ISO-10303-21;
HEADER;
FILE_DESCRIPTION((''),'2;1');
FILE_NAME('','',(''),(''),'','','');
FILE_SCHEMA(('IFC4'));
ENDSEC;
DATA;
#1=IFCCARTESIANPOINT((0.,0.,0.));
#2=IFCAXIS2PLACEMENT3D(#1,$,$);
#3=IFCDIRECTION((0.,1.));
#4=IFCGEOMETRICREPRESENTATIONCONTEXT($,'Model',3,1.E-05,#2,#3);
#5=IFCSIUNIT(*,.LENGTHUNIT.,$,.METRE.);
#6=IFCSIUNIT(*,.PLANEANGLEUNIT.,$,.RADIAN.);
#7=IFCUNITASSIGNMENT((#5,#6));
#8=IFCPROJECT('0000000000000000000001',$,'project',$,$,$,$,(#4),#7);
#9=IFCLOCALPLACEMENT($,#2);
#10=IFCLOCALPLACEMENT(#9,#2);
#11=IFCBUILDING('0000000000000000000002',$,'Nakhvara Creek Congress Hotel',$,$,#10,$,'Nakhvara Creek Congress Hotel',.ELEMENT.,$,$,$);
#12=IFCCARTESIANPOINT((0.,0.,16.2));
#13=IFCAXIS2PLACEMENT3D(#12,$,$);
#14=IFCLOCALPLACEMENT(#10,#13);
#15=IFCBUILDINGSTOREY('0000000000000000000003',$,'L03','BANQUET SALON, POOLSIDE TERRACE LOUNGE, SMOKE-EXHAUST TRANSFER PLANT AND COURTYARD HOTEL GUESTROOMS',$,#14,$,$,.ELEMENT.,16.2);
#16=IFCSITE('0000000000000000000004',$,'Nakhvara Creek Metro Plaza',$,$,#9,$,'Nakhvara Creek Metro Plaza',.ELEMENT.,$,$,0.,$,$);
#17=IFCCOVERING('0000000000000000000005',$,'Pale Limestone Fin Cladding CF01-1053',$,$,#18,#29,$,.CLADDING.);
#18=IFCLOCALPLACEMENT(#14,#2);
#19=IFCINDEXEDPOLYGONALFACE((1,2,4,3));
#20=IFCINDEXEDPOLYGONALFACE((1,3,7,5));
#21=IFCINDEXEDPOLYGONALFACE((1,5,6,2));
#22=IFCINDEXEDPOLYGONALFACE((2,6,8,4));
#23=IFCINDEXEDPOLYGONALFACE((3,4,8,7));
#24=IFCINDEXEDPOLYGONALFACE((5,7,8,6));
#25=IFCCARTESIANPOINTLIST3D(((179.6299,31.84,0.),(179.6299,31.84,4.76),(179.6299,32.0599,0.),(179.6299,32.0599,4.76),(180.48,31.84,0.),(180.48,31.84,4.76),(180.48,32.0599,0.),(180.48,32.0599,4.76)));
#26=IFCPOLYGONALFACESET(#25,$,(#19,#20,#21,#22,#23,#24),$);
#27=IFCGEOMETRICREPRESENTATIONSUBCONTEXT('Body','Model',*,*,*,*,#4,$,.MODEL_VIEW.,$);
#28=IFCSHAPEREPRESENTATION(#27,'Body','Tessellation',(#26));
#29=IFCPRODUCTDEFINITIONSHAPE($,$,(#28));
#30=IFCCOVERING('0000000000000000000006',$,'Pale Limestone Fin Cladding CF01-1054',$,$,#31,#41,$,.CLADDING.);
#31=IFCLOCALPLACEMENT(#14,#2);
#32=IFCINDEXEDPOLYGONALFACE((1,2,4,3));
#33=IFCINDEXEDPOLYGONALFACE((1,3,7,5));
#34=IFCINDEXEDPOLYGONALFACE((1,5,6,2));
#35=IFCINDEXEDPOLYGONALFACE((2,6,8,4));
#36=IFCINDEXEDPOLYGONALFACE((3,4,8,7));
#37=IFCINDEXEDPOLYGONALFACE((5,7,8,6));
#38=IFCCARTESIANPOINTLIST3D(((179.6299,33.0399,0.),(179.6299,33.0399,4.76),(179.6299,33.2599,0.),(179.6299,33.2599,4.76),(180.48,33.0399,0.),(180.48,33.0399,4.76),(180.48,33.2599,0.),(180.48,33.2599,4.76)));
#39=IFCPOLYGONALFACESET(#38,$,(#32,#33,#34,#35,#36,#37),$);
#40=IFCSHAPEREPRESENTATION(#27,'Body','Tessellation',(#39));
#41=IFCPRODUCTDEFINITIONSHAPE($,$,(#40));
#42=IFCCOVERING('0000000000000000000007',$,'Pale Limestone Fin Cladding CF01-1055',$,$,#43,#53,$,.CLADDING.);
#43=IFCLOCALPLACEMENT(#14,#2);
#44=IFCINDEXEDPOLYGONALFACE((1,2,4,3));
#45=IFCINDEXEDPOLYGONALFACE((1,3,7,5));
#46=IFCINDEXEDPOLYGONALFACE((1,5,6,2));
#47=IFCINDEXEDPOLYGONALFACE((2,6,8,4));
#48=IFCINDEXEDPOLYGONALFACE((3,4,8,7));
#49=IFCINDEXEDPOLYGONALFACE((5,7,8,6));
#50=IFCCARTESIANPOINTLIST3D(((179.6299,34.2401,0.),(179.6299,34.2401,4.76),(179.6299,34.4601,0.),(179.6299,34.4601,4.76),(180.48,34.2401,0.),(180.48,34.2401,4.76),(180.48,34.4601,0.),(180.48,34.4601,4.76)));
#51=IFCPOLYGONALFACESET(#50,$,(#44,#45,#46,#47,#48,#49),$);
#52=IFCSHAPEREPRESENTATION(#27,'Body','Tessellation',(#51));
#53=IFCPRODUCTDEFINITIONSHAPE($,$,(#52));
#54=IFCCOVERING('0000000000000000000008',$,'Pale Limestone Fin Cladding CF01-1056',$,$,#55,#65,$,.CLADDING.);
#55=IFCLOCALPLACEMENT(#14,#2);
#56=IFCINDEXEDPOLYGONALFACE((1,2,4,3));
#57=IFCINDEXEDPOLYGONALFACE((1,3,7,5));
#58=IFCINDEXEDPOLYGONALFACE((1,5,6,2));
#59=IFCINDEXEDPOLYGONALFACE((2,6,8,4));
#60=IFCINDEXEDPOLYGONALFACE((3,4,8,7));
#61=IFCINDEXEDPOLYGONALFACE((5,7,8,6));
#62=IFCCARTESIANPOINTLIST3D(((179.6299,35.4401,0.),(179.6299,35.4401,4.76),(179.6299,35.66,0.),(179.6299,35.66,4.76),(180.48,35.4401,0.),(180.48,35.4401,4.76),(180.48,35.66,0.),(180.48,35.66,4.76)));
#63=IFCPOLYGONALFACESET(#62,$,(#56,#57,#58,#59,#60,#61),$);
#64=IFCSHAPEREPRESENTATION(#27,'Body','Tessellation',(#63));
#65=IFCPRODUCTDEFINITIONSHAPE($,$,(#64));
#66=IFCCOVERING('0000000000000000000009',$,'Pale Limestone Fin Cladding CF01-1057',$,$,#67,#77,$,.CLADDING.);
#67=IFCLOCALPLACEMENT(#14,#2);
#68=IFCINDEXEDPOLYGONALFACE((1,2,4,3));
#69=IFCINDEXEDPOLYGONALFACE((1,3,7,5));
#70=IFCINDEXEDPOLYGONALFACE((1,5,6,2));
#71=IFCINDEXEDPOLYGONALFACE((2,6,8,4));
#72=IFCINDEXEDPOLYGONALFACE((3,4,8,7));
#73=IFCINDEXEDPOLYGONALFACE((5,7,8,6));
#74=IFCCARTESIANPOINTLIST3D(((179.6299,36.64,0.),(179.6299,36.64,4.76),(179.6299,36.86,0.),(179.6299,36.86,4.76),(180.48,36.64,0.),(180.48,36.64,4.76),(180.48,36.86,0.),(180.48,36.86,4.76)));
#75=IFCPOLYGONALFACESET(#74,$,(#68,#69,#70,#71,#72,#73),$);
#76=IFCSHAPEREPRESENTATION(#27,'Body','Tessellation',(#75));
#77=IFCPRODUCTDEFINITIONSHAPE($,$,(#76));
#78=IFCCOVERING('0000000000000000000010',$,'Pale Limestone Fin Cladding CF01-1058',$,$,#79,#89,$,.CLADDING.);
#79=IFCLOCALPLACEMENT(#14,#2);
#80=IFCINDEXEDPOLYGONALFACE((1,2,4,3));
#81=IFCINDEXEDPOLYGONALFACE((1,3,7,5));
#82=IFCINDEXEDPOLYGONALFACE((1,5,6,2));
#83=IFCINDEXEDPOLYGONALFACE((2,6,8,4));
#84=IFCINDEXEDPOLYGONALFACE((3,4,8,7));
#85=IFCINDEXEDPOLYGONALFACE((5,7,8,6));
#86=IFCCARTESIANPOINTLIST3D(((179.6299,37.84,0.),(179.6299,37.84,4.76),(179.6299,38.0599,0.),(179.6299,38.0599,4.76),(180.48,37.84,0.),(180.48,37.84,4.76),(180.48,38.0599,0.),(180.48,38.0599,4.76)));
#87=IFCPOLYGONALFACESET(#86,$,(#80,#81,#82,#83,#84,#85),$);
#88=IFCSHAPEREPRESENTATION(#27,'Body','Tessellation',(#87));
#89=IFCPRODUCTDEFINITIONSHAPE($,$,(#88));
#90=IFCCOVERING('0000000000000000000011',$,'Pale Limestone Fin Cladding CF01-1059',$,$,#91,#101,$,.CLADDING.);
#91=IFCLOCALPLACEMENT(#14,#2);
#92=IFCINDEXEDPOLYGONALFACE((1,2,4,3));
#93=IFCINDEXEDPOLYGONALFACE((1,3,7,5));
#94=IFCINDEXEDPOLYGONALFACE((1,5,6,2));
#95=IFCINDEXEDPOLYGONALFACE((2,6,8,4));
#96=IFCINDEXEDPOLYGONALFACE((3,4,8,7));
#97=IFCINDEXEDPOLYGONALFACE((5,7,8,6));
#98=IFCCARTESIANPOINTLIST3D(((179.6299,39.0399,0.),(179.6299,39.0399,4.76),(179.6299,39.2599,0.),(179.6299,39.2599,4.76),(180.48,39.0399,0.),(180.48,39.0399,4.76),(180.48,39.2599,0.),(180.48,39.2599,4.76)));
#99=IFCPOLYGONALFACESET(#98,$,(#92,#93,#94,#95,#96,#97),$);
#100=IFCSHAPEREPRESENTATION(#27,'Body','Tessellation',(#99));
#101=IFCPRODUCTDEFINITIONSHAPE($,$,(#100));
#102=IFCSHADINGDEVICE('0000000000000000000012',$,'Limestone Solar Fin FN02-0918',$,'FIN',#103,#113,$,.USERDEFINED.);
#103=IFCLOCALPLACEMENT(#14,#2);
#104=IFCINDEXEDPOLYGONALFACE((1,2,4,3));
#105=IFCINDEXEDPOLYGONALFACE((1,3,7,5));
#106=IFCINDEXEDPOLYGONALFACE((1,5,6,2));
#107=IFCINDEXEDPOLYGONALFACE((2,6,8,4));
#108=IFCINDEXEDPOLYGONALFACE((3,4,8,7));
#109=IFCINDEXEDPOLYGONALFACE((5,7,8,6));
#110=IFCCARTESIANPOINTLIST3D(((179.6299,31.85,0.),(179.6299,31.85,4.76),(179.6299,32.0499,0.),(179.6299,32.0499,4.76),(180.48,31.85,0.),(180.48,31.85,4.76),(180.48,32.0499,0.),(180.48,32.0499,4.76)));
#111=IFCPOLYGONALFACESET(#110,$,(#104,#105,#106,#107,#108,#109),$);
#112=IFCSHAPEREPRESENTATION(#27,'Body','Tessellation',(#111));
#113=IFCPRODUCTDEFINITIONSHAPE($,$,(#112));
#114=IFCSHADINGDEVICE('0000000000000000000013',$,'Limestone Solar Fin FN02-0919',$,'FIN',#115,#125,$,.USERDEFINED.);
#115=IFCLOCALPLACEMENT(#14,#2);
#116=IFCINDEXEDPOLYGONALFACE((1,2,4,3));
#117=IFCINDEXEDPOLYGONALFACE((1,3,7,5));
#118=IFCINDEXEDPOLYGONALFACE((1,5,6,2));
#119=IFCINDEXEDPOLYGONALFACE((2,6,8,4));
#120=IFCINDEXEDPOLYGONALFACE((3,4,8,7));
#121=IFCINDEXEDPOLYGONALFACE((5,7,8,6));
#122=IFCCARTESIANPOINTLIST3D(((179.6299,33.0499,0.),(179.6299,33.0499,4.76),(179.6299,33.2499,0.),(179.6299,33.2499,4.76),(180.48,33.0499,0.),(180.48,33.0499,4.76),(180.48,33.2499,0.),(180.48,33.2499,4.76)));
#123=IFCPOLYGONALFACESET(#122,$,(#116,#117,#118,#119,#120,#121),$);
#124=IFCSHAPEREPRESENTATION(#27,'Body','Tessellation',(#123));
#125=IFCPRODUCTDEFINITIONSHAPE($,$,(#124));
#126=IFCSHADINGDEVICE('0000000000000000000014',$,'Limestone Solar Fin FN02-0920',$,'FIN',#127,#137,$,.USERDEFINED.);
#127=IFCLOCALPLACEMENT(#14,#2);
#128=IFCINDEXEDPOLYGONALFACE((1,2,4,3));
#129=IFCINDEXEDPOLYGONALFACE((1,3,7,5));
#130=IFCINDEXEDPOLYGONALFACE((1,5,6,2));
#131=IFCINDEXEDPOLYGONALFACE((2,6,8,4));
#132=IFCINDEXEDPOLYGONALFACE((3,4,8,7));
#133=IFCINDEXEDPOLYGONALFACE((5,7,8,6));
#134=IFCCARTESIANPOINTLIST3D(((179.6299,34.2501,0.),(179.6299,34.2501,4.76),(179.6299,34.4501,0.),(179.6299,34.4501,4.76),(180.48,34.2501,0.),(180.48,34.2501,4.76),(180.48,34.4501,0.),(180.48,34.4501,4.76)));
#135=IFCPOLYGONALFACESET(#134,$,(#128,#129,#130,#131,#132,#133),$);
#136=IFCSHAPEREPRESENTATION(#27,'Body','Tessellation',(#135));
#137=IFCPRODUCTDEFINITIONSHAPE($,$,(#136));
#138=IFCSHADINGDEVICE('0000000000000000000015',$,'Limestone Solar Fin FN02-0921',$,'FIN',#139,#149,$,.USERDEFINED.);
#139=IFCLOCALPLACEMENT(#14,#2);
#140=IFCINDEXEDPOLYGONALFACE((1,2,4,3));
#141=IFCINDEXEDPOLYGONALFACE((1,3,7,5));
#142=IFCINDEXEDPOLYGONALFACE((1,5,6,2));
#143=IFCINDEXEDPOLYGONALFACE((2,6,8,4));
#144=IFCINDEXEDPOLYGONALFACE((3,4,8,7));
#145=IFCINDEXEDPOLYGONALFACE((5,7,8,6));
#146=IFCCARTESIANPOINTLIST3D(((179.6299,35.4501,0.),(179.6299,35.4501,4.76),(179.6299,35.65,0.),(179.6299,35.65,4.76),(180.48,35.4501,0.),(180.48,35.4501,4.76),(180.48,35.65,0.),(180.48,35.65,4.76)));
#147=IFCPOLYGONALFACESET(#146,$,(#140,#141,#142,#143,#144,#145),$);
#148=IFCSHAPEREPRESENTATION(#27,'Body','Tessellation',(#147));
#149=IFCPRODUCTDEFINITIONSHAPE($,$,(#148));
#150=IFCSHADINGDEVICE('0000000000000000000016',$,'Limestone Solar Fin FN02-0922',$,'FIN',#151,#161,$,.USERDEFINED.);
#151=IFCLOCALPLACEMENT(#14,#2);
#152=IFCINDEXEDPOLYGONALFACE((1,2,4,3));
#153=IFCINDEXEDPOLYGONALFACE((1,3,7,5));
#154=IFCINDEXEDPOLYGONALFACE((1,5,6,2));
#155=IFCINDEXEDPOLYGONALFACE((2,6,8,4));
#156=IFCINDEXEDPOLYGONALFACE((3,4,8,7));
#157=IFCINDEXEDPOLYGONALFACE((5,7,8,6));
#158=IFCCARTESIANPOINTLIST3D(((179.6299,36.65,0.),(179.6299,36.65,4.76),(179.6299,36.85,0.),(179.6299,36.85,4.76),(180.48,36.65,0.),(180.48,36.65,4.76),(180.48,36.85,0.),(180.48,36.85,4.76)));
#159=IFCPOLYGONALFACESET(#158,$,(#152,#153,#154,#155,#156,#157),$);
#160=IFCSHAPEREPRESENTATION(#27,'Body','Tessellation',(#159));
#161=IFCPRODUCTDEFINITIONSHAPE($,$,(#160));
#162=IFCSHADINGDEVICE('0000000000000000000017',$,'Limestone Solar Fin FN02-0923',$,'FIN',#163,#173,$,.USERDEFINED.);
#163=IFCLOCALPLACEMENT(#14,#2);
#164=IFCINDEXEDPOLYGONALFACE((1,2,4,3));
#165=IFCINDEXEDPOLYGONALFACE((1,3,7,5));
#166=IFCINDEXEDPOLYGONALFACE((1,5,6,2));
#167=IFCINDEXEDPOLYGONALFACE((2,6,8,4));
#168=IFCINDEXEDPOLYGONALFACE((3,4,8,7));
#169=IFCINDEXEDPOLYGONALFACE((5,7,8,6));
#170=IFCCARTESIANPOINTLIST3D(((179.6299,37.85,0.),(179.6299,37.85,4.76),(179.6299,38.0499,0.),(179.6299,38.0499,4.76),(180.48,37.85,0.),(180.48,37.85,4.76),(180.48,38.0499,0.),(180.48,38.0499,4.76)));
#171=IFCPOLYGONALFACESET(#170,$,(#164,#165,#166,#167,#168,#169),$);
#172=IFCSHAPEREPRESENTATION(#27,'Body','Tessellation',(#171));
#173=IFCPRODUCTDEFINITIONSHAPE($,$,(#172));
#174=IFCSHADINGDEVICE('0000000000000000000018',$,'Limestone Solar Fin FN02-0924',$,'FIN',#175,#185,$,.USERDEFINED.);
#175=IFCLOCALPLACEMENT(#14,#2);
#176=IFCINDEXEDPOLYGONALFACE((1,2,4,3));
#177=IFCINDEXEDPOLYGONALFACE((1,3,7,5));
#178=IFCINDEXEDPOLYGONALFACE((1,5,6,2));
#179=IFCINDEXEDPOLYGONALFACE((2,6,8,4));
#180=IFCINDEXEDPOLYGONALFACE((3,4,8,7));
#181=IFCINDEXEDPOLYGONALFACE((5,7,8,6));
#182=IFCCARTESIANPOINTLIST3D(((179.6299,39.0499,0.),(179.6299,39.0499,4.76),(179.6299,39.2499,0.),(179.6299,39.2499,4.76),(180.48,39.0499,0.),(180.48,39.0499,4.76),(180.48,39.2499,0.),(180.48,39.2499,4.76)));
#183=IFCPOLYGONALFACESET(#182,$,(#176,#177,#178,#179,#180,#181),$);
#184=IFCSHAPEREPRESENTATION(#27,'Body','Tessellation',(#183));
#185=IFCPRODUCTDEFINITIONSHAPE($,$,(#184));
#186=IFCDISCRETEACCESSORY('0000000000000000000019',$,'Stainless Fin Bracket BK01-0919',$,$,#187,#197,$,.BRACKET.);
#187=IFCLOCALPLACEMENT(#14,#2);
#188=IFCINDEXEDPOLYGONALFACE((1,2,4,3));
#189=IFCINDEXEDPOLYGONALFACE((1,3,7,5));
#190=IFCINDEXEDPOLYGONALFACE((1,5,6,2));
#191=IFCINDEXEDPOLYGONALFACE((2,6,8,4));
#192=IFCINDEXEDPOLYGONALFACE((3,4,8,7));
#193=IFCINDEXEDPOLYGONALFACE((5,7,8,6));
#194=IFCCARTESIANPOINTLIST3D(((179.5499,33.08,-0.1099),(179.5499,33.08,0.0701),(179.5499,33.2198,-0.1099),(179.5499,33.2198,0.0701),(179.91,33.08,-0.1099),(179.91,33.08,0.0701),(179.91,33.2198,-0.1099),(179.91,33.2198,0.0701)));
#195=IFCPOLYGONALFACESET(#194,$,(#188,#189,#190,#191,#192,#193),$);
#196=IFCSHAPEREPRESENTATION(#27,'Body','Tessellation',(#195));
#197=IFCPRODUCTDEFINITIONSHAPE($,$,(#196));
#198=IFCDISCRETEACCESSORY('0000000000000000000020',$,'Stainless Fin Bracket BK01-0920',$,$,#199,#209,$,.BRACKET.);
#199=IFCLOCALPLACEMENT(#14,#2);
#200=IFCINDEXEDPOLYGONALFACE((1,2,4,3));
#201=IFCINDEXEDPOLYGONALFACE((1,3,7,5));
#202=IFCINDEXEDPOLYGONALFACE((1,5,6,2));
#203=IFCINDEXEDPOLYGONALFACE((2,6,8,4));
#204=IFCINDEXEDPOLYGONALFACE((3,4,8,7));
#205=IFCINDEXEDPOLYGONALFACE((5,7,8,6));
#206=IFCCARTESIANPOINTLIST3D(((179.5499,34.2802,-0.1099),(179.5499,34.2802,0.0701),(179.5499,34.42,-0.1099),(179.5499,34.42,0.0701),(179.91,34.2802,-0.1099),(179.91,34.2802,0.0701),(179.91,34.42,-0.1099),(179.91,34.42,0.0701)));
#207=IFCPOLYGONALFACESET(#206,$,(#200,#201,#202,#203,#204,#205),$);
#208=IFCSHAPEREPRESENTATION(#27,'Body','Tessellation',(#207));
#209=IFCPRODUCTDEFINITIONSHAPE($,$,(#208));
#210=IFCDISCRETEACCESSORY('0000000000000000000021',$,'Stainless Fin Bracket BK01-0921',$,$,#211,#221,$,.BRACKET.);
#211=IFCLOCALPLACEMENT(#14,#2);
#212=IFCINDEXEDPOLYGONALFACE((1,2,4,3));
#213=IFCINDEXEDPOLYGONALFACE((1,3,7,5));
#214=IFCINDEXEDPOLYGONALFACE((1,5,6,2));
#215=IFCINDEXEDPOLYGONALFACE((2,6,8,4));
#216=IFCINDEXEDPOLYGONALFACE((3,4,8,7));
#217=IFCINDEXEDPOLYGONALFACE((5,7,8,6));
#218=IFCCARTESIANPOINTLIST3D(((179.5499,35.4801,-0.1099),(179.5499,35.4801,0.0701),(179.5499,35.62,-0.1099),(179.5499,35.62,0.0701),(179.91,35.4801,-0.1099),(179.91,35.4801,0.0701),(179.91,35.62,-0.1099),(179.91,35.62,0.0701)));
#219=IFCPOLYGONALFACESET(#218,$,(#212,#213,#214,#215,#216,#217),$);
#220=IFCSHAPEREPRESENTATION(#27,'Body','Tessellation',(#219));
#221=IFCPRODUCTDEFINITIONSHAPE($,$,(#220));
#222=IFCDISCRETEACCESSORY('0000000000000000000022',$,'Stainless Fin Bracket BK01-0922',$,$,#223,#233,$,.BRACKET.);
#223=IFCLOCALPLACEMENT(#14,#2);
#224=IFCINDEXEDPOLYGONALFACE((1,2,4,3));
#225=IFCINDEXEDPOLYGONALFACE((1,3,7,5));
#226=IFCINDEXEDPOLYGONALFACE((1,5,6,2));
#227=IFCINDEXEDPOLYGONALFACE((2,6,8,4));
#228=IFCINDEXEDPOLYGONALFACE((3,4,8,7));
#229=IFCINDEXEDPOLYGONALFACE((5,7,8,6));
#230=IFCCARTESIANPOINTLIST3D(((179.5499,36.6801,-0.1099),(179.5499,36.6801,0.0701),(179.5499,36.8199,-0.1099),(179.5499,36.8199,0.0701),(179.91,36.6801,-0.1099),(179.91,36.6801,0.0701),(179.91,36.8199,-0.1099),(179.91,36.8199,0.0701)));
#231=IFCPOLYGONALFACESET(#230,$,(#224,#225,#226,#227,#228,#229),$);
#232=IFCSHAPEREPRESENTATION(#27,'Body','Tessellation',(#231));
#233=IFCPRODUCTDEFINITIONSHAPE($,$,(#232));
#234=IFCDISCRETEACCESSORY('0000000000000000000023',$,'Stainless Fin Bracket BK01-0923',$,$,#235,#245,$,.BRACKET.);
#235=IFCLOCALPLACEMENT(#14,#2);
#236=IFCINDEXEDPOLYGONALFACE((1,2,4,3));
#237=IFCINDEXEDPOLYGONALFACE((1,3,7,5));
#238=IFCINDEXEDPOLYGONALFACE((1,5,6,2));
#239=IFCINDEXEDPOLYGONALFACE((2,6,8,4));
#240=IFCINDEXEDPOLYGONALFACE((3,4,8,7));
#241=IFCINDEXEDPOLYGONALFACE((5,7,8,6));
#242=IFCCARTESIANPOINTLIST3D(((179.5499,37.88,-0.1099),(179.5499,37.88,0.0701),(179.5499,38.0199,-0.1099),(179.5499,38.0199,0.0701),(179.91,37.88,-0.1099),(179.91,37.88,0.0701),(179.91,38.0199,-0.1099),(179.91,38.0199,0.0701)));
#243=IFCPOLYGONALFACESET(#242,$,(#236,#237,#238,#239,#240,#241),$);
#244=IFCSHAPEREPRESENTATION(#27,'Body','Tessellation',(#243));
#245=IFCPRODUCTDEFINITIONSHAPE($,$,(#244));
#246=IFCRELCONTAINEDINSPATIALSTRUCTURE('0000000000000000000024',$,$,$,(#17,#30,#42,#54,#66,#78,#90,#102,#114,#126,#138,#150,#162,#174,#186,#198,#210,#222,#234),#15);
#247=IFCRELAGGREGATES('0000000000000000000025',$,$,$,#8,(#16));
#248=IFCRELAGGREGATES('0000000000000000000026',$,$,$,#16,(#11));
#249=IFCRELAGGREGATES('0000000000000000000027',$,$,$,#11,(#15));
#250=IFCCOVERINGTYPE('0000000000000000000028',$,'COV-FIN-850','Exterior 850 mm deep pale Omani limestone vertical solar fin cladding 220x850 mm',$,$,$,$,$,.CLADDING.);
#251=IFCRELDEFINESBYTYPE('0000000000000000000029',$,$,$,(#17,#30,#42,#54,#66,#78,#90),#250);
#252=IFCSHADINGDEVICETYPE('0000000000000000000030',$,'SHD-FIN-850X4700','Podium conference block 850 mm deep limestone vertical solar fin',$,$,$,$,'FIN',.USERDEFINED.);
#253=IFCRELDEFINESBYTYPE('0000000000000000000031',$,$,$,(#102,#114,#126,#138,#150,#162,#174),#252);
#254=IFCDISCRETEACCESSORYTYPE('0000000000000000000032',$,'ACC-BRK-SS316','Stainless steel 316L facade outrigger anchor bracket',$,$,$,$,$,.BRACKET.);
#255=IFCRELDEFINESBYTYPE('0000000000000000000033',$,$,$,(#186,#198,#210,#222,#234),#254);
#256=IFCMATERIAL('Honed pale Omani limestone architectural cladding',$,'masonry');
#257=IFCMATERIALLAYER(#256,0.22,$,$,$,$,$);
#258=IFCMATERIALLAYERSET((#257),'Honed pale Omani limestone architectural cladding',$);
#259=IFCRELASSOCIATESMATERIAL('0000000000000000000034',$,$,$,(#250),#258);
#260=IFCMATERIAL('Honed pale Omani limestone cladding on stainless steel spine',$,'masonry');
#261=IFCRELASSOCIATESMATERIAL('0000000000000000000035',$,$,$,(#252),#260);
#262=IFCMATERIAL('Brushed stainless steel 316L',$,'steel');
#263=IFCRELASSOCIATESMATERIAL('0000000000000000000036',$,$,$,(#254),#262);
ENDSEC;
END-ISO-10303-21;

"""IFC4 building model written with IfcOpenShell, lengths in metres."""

from ifc_helpers import new_model, si_unit, direction, frame, origin, origin_2d, place, context, subcontext, project, spatial, rectangle, extrude, material, layer, layer_set, type_object, element, save


model = new_model("IFC4")

# Units and contexts
model_context = context("Model", 3, precision=1e-05, world=origin(), true_north=direction((0.0, 1.0)))
body_context = subcontext(model_context, "Body", "Model", "MODEL_VIEW")
ifc_project = project(units=[si_unit("LENGTHUNIT", "METRE"), si_unit("PLANEANGLEUNIT", "RADIAN")], contexts=[model_context])

# Site, building, storey
site_placement = place(None, origin())
site = spatial("IfcSite", under=ifc_project, at=site_placement, Name="Nakhvara Creek Metro Plaza", LongName="Nakhvara Creek Metro Plaza", CompositionType="ELEMENT", RefElevation=0.0)
building_placement = place(site_placement, origin())
building = spatial("IfcBuilding", under=site, at=building_placement, Name="Nakhvara Creek Congress Hotel", LongName="Nakhvara Creek Congress Hotel", CompositionType="ELEMENT")
storey_placement = place(building_placement, frame((0.0, 0.0, 16.2)))
storey = spatial("IfcBuildingStorey", under=building, at=storey_placement, Name="L03", Description="BANQUET SALON, POOLSIDE TERRACE LOUNGE, SMOKE-EXHAUST TRANSFER PLANT AND COURTYARD HOTEL GUESTROOMS", CompositionType="ELEMENT", Elevation=16.2)

# Coverings
ifc_material_1 = material(Name="Honed pale Omani limestone architectural cladding", Category="masonry")
ifc_layer = layer(ifc_material_1, 0.22)
ifc_layer_set = layer_set([ifc_layer], Name="Honed pale Omani limestone architectural cladding")
covering_type = type_object("IfcCoveringType", Name="COV-FIN-850", Description="Exterior 850 mm deep pale Omani limestone vertical solar fin cladding 220x850 mm", PredefinedType="CLADDING", material=ifc_layer_set)
for number, where, z_axis, x_axis, name in (
    (1, (180.0549, 31.95, 0.0), (0.0, 0.0, 1.0), (0.0, 1.0, 0.0), "Pale Limestone Fin Cladding CF01-1053"),
    (2, (180.0549, 33.1499, 0.0), (0.0, 0.0, 1.0), (0.0, 1.0, 0.0), "Pale Limestone Fin Cladding CF01-1054"),
    (3, (180.0549, 34.3501, 0.0), (0.0, 0.0, 1.0), (0.0, 1.0, 0.0), "Pale Limestone Fin Cladding CF01-1055"),
    (4, (180.0549, 35.55, 0.0), (0.0, 0.0, 1.0), (0.0, 1.0, 0.0), "Pale Limestone Fin Cladding CF01-1056"),
    (5, (180.0549, 36.75, 0.0), (0.0, 0.0, 1.0), (0.0, 1.0, 0.0), "Pale Limestone Fin Cladding CF01-1057"),
    (6, (180.0549, 37.95, 0.0), (0.0, 0.0, 1.0), (0.0, 1.0, 0.0), "Pale Limestone Fin Cladding CF01-1058"),
    (7, (180.0549, 39.1499, 0.0), (0.0, 0.0, 1.0), (0.0, 1.0, 0.0), "Pale Limestone Fin Cladding CF01-1059"),
):
    element("IfcCovering", number, at=place(storey_placement, frame(where, z_axis=z_axis, x_axis=x_axis)), inside=storey, type_object=covering_type, Name=name, PredefinedType="CLADDING", context=body_context, shape_type="SweptSolid", body=[
        extrude(rectangle(XDim=0.22, YDim=0.8501, at=origin_2d()), origin(), (0.0, 0.0, 1.0), 4.76),
    ])

# Shading devices
ifc_material_2 = material(Name="Honed pale Omani limestone cladding on stainless steel spine", Category="masonry")
shading_device_type = type_object("IfcShadingDeviceType", Name="SHD-FIN-850X4700", Description="Podium conference block 850 mm deep limestone vertical solar fin", ElementType="FIN", PredefinedType="USERDEFINED", material=ifc_material_2)
for number, where, z_axis, x_axis, name in (
    (8, (180.0549, 31.95, 0.0), (0.0, 0.0, 1.0), (0.0, 1.0, 0.0), "Limestone Solar Fin FN02-0918"),
    (9, (180.0549, 33.1499, 0.0), (0.0, 0.0, 1.0), (0.0, 1.0, 0.0), "Limestone Solar Fin FN02-0919"),
    (10, (180.0549, 34.3501, 0.0), (0.0, 0.0, 1.0), (0.0, 1.0, 0.0), "Limestone Solar Fin FN02-0920"),
    (11, (180.0549, 35.55, 0.0), (0.0, 0.0, 1.0), (0.0, 1.0, 0.0), "Limestone Solar Fin FN02-0921"),
    (12, (180.0549, 36.75, 0.0), (0.0, 0.0, 1.0), (0.0, 1.0, 0.0), "Limestone Solar Fin FN02-0922"),
    (13, (180.0549, 37.95, 0.0), (0.0, 0.0, 1.0), (0.0, 1.0, 0.0), "Limestone Solar Fin FN02-0923"),
    (14, (180.0549, 39.1499, 0.0), (0.0, 0.0, 1.0), (0.0, 1.0, 0.0), "Limestone Solar Fin FN02-0924"),
):
    element("IfcShadingDevice", number, at=place(storey_placement, frame(where, z_axis=z_axis, x_axis=x_axis)), inside=storey, type_object=shading_device_type, Name=name, ObjectType="FIN", PredefinedType="USERDEFINED", context=body_context, shape_type="SweptSolid", body=[
        extrude(rectangle(XDim=0.2, YDim=0.8501, at=origin_2d()), origin(), (0.0, 0.0, 1.0), 4.76),
    ])

# Discrete accessories
ifc_material_3 = material(Name="Brushed stainless steel 316L", Category="steel")
discrete_accessory_type = type_object("IfcDiscreteAccessoryType", Name="ACC-BRK-SS316", Description="Stainless steel 316L facade outrigger anchor bracket", PredefinedType="BRACKET", material=ifc_material_3)
for number, where, z_axis, x_axis, name in (
    (15, (179.73, 33.1499, -0.1099), (0.0, 0.0, 1.0), (0.0, 1.0, 0.0), "Stainless Fin Bracket BK01-0919"),
    (16, (179.73, 34.3501, -0.1099), (0.0, 0.0, 1.0), (0.0, 1.0, 0.0), "Stainless Fin Bracket BK01-0920"),
    (17, (179.73, 35.55, -0.1099), (0.0, 0.0, 1.0), (0.0, 1.0, 0.0), "Stainless Fin Bracket BK01-0921"),
    (18, (179.73, 36.75, -0.1099), (0.0, 0.0, 1.0), (0.0, 1.0, 0.0), "Stainless Fin Bracket BK01-0922"),
    (19, (179.73, 37.95, -0.1099), (0.0, 0.0, 1.0), (0.0, 1.0, 0.0), "Stainless Fin Bracket BK01-0923"),
):
    element("IfcDiscreteAccessory", number, at=place(storey_placement, frame(where, z_axis=z_axis, x_axis=x_axis)), inside=storey, type_object=discrete_accessory_type, Name=name, PredefinedType="BRACKET", context=body_context, shape_type="SweptSolid", body=[
        extrude(rectangle(XDim=0.1399, YDim=0.3601, at=origin_2d()), origin(), (0.0, 0.0, 1.0), 0.1799),
    ])

save(model, "model.ifc")
